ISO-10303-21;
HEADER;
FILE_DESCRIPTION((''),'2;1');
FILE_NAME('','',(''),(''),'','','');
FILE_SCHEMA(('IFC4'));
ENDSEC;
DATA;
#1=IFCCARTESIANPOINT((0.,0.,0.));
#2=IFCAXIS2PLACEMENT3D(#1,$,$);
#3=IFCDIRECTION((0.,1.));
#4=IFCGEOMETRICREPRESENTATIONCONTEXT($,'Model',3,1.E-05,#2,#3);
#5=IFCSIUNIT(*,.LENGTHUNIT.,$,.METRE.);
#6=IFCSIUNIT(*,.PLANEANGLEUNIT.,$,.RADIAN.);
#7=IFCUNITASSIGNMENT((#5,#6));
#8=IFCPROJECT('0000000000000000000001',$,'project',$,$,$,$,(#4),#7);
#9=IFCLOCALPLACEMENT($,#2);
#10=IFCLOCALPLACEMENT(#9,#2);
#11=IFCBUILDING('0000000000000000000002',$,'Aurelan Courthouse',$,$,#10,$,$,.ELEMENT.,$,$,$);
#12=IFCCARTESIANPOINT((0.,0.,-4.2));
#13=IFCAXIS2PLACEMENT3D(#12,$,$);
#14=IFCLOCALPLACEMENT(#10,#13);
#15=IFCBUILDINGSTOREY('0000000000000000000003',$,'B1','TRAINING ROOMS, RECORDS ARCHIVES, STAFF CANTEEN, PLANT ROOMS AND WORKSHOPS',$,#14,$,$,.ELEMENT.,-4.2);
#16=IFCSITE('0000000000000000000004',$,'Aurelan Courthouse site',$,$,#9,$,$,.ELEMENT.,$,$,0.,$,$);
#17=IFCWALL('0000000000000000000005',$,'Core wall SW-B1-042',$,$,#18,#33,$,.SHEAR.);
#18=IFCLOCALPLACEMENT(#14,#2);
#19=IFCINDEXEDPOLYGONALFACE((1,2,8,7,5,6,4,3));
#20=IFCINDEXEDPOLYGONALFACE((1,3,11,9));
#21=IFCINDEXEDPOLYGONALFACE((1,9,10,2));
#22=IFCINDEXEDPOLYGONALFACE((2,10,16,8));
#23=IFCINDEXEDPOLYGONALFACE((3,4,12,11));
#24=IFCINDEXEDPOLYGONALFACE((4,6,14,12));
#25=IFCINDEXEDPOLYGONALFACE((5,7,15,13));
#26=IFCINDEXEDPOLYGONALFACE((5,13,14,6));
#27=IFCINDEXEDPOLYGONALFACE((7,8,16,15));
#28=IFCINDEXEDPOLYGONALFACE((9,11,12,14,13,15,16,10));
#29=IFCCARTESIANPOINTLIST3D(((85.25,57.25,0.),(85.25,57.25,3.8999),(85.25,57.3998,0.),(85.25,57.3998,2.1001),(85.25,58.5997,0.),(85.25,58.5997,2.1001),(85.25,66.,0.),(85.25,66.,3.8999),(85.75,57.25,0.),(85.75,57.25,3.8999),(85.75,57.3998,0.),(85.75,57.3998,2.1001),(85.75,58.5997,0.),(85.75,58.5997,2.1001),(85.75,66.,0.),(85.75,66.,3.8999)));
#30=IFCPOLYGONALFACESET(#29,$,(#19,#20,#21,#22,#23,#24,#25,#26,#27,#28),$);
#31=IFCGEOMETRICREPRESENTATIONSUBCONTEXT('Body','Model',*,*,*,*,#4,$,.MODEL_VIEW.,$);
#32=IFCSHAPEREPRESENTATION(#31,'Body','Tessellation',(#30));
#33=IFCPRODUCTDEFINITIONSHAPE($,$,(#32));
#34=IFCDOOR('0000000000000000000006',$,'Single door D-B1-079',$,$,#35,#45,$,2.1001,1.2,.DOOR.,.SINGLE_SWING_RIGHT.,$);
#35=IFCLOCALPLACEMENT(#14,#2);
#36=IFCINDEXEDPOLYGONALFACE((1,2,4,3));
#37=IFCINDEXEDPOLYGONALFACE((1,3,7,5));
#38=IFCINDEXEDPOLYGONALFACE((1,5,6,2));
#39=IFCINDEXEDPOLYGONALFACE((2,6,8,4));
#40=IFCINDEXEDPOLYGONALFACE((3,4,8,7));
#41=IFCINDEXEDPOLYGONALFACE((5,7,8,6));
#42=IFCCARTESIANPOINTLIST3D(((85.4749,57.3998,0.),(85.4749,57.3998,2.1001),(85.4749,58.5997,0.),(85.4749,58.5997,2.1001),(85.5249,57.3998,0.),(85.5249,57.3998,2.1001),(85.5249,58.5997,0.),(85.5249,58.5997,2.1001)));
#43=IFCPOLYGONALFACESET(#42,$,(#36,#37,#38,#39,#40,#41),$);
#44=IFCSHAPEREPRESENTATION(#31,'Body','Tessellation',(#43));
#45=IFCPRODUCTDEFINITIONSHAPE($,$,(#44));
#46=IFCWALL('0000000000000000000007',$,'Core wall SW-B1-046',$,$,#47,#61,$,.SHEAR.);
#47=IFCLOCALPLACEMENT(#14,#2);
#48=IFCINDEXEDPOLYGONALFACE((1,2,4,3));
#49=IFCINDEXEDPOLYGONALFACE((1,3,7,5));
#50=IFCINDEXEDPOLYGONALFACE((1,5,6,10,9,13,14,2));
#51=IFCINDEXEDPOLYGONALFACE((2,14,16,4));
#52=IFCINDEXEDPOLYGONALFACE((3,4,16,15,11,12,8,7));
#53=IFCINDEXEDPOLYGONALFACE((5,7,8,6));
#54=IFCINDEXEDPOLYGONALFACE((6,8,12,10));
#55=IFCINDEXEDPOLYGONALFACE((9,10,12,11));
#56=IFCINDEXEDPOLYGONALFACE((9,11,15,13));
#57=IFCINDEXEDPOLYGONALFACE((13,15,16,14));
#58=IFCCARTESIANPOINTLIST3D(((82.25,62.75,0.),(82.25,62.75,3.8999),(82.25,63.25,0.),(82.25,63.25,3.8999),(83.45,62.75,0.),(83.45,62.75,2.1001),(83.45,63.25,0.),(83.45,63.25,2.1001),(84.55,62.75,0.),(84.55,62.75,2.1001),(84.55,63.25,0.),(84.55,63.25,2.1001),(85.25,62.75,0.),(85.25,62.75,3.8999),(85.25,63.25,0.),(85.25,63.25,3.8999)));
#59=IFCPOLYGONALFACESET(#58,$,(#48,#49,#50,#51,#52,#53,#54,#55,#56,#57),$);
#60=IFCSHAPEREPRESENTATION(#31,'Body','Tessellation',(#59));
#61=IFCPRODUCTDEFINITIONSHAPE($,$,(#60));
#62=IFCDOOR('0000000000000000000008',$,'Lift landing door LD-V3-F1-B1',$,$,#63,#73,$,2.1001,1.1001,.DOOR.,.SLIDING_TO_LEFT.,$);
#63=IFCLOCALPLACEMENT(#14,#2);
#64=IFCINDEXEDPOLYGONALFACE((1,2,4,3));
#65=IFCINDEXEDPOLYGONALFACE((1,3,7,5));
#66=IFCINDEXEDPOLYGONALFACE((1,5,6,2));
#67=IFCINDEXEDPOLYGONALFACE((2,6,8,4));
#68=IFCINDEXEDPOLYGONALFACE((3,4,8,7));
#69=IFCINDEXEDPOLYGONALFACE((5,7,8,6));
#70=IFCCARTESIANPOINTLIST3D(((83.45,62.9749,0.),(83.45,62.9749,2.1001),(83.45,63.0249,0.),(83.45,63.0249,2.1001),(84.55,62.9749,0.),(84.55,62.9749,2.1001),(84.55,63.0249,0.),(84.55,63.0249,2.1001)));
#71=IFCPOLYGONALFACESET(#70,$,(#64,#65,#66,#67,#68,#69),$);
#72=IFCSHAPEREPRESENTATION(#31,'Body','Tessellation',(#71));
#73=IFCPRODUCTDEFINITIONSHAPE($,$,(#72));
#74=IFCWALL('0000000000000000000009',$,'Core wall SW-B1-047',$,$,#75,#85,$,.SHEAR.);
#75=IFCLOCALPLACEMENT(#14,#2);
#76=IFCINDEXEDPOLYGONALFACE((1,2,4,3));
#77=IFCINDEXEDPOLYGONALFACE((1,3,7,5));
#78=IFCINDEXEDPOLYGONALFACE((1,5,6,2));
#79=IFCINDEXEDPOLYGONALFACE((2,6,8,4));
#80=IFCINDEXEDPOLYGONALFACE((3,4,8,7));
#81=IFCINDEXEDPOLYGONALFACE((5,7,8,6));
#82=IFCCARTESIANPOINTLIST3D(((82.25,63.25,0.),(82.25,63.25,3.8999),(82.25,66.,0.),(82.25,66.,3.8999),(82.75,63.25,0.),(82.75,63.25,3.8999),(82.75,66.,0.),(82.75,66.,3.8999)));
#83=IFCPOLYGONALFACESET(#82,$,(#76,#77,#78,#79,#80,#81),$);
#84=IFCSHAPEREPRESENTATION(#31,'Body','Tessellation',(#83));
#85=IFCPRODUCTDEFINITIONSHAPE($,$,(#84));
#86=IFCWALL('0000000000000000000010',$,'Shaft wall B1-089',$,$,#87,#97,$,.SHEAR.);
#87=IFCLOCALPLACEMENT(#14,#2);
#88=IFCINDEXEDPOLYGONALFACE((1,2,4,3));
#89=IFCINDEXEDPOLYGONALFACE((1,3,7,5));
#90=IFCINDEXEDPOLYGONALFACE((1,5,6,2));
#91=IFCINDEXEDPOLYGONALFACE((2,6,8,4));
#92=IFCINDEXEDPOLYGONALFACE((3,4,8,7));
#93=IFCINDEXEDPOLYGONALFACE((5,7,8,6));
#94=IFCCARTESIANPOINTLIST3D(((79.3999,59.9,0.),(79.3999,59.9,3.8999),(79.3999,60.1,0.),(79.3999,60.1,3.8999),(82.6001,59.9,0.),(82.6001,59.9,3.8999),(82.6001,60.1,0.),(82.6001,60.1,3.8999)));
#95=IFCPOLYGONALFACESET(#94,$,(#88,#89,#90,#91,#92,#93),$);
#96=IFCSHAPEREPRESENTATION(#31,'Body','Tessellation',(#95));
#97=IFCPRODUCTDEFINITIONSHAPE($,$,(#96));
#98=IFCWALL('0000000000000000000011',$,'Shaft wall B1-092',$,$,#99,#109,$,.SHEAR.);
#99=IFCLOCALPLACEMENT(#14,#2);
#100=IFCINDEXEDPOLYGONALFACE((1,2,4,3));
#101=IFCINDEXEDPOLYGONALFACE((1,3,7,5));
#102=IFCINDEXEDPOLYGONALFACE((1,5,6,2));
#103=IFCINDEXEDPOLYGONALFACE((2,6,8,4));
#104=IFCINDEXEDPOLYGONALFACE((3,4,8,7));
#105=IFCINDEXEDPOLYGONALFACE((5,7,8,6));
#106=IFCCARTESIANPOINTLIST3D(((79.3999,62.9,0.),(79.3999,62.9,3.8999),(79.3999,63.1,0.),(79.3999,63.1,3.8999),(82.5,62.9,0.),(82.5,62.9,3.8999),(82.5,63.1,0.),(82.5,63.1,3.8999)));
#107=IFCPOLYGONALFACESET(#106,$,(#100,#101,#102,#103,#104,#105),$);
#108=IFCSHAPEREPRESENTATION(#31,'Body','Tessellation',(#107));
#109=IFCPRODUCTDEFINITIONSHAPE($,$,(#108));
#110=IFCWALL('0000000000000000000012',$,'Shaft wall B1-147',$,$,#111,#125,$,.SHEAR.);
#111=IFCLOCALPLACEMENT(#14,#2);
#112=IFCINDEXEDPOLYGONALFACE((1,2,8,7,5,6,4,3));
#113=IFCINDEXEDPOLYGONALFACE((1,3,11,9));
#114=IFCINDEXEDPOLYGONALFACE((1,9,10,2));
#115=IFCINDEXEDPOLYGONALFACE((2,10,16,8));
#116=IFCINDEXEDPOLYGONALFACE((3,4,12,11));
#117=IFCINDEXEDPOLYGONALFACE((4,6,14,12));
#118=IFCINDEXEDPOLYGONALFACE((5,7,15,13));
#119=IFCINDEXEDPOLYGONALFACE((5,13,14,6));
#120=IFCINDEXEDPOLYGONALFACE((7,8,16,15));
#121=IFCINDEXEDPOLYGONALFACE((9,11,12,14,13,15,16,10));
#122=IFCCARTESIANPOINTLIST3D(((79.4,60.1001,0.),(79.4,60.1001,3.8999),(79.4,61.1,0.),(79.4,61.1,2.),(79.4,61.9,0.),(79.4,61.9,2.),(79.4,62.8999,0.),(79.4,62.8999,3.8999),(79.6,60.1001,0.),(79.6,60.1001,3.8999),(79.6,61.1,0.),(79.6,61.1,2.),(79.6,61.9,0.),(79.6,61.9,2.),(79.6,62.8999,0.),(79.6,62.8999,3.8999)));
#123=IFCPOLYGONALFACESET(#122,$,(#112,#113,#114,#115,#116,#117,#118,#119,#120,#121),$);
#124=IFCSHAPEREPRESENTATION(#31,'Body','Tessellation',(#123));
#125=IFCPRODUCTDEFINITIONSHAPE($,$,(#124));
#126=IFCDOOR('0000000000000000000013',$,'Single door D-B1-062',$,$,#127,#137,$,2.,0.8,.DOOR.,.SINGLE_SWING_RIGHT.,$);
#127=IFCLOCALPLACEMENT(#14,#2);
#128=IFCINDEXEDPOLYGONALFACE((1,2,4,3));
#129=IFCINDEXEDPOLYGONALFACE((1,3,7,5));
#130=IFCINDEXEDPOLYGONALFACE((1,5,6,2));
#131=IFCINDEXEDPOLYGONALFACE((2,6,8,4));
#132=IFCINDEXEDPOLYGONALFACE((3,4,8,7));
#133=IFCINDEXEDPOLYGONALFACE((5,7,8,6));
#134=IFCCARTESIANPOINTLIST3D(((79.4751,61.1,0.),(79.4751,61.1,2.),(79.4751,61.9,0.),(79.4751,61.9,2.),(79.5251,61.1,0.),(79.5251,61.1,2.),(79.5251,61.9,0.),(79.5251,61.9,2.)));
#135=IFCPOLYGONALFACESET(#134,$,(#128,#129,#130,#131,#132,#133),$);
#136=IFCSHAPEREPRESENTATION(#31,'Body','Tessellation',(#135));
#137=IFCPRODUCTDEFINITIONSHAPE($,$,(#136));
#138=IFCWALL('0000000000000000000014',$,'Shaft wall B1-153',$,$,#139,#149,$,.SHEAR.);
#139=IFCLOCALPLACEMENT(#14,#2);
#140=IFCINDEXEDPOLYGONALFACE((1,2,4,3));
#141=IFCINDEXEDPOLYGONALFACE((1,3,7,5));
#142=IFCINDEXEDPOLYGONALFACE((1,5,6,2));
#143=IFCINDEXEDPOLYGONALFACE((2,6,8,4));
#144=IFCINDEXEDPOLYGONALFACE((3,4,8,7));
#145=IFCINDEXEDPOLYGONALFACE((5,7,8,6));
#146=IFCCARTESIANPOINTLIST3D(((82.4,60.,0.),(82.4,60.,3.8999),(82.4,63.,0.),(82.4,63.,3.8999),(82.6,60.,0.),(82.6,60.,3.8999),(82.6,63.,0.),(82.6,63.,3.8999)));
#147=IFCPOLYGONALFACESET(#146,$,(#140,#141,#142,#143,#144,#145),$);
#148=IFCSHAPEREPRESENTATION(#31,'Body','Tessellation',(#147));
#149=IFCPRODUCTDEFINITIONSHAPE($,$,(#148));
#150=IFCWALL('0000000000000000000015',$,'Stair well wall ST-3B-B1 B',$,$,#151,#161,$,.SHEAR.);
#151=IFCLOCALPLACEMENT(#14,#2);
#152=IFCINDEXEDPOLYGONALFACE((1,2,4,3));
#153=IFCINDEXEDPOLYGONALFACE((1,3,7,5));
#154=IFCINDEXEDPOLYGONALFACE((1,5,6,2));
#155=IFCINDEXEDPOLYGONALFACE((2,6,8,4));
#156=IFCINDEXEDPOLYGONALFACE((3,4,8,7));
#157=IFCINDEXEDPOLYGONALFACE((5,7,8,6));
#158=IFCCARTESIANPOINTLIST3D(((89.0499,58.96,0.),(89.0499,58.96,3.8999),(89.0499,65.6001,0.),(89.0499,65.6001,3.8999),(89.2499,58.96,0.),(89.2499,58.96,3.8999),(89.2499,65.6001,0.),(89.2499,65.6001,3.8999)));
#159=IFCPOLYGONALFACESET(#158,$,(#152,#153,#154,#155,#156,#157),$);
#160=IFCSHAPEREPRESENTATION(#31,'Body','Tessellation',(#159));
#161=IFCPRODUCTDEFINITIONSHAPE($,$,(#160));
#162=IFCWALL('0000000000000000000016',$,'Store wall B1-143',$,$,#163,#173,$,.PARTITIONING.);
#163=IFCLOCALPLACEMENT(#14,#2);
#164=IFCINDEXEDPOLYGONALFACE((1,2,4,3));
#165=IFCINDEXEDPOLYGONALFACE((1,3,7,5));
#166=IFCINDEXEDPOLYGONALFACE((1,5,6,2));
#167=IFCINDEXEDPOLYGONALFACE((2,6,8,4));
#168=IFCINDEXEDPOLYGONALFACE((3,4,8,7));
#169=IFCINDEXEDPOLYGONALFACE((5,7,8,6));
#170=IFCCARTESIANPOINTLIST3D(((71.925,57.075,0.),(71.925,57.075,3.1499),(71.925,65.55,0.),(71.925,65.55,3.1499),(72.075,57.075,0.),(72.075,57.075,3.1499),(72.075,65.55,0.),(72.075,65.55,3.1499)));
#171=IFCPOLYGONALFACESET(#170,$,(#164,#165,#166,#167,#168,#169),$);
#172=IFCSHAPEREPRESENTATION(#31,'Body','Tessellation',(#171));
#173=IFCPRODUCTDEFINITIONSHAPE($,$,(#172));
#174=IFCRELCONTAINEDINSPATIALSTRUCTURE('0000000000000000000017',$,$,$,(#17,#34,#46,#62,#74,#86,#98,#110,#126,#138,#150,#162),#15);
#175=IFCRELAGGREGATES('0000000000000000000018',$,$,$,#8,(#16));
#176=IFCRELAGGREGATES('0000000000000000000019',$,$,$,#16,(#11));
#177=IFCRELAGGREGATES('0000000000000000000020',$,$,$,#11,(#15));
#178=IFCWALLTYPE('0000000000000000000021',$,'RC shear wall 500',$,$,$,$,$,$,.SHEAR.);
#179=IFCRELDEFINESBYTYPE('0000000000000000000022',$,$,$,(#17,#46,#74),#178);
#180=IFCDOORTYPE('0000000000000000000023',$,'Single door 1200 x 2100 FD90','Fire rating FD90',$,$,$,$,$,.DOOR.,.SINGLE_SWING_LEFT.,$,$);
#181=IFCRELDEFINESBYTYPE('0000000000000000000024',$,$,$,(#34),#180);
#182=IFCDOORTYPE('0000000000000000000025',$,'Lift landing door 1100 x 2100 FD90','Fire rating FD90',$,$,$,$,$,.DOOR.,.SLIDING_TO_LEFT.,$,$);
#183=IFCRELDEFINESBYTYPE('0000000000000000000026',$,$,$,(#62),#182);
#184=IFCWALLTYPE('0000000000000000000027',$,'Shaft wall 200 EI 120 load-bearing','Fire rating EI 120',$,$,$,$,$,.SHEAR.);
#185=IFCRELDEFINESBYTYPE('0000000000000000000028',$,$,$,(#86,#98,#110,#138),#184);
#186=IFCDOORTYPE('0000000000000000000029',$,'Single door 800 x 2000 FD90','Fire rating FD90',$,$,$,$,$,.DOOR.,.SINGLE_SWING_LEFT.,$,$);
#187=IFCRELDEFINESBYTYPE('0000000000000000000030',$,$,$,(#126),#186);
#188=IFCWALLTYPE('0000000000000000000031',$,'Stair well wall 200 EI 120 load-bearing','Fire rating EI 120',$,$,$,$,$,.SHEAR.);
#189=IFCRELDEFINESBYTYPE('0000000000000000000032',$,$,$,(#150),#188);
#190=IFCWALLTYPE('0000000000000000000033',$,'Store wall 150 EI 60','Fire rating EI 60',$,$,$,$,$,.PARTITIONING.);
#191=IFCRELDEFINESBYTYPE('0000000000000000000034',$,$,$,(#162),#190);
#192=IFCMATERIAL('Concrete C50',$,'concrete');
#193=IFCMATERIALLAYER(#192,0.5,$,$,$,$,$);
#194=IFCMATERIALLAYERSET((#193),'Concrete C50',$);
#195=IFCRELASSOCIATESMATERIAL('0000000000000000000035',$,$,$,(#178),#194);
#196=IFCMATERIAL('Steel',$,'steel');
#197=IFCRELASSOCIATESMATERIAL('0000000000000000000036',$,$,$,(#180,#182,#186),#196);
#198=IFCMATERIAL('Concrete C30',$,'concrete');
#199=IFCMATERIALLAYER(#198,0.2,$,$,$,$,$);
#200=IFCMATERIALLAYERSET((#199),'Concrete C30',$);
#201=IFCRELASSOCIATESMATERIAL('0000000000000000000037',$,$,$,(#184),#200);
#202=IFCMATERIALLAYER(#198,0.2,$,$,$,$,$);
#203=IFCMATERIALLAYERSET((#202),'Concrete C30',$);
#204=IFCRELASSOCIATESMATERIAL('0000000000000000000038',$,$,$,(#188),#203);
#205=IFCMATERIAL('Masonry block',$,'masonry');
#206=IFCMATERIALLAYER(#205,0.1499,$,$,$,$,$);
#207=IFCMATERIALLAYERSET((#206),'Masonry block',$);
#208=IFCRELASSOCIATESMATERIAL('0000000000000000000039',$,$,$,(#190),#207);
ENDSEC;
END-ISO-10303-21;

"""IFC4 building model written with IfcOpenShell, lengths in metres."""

from ifc_helpers import new_model, si_unit, direction, frame, frame_2d, origin, place, context, subcontext, project, spatial, rectangle, extrude, material, layer, layer_set, type_object, element, fill, save


model = new_model("IFC4")

# Units and contexts
model_context = context("Model", 3, precision=1e-05, world=origin(), true_north=direction((0.0, 1.0)))
body_context = subcontext(model_context, "Body", "Model", "MODEL_VIEW")
ifc_project = project(units=[si_unit("LENGTHUNIT", "METRE"), si_unit("PLANEANGLEUNIT", "RADIAN")], contexts=[model_context])

# Site, building, storey
site_placement = place(None, origin())
site = spatial("IfcSite", under=ifc_project, at=site_placement, Name="Aurelan Courthouse site", CompositionType="ELEMENT", RefElevation=0.0)
building_placement = place(site_placement, origin())
building = spatial("IfcBuilding", under=site, at=building_placement, Name="Aurelan Courthouse", CompositionType="ELEMENT")
storey_placement = place(building_placement, frame((0.0, 0.0, -4.2)))
storey = spatial("IfcBuildingStorey", under=building, at=storey_placement, Name="B1", Description="TRAINING ROOMS, RECORDS ARCHIVES, STAFF CANTEEN, PLANT ROOMS AND WORKSHOPS", CompositionType="ELEMENT", Elevation=-4.2)

# Shared definitions
ifc_material_1 = material(Name="Concrete C50", Category="concrete")

# Shared definitions
ifc_material_2 = material(Name="Masonry block", Category="masonry")

# Walls, openings, doors
ifc_layer_1 = layer(ifc_material_1, 0.5)
ifc_layer_set_1 = layer_set([ifc_layer_1], Name="Concrete C50")
wall_type_1 = type_object("IfcWallType", Name="RC shear wall 500", PredefinedType="SHEAR", material=ifc_layer_set_1)
wall_1_placement = place(storey_placement, frame((85.5, 57.25, 0.0), z_axis=(0.0, 0.0, 1.0), x_axis=(0.0, 1.0, 0.0)))
wall_1 = element("IfcWall", 1, at=wall_1_placement, inside=storey, type_object=wall_type_1, Name="Core wall SW-B1-042", PredefinedType="SHEAR", context=body_context, shape_type="SweptSolid", body=[
    extrude(rectangle(XDim=8.75, YDim=0.5, at=frame_2d((4.375, 0.0))), origin(), (0.0, 0.0, 1.0), 3.8999),
])
opening_1_placement = place(wall_1_placement, frame((1.3499, 0.0, 0.0), z_axis=(0.0, 0.0, 1.0), x_axis=(-1.0, 0.0, 0.0)))
opening_1 = element("IfcOpeningElement", 2, at=opening_1_placement, cuts=wall_1, PredefinedType="OPENING", context=body_context, shape_type="SweptSolid", body=[
    extrude(rectangle(XDim=1.2, YDim=2.1001, at=frame_2d((0.6001, 1.05))), frame((0.0, 0.26, 0.0), z_axis=(0.0, -1.0, 0.0), x_axis=(1.0, 0.0, 0.0)), (0.0, 0.0, 1.0), 0.52),
])
ifc_material_3 = material(Name="Steel", Category="steel")
door_type_1 = type_object("IfcDoorType", Name="Single door 1200 x 2100 FD90", Description="Fire rating FD90", OperationType="SINGLE_SWING_LEFT", PredefinedType="DOOR", material=ifc_material_3)
door_1_placement = place(opening_1_placement, origin())
door_1 = element("IfcDoor", 3, at=door_1_placement, inside=storey, type_object=door_type_1, Name="Single door D-B1-079", OperationType="SINGLE_SWING_RIGHT", OverallHeight=2.1001, OverallWidth=1.2, PredefinedType="DOOR", context=body_context, shape_type="SweptSolid", body=[
    extrude(rectangle(XDim=1.2, YDim=2.1001, at=frame_2d((0.6001, 1.05))), frame((0.0, 0.0249, 0.0), z_axis=(0.0, -1.0, 0.0), x_axis=(1.0, 0.0, 0.0)), (0.0, 0.0, 1.0), 0.05),
])
fill(opening_1, door_1)
wall_2_placement = place(storey_placement, frame((82.25, 63.0, 0.0), z_axis=(0.0, 0.0, 1.0), x_axis=(1.0, 0.0, 0.0)))
wall_2 = element("IfcWall", 4, at=wall_2_placement, inside=storey, type_object=wall_type_1, Name="Core wall SW-B1-046", PredefinedType="SHEAR", context=body_context, shape_type="SweptSolid", body=[
    extrude(rectangle(XDim=3.0, YDim=0.5, at=frame_2d((1.5, 0.0))), origin(), (0.0, 0.0, 1.0), 3.8999),
])
opening_2_placement = place(wall_2_placement, frame((1.2, 0.0, 0.0)))
opening_2 = element("IfcOpeningElement", 5, at=opening_2_placement, cuts=wall_2, PredefinedType="OPENING", context=body_context, shape_type="SweptSolid", body=[
    extrude(rectangle(XDim=1.1001, YDim=2.1001, at=frame_2d((0.55, 1.05))), frame((0.0, 0.26, 0.0), z_axis=(0.0, -1.0, 0.0), x_axis=(1.0, 0.0, 0.0)), (0.0, 0.0, 1.0), 0.52),
])
door_type_2 = type_object("IfcDoorType", Name="Lift landing door 1100 x 2100 FD90", Description="Fire rating FD90", OperationType="SLIDING_TO_LEFT", PredefinedType="DOOR", material=ifc_material_3)
door_2_placement = place(opening_2_placement, origin())
door_2 = element("IfcDoor", 6, at=door_2_placement, inside=storey, type_object=door_type_2, Name="Lift landing door LD-V3-F1-B1", OperationType="SLIDING_TO_LEFT", OverallHeight=2.1001, OverallWidth=1.1001, PredefinedType="DOOR", context=body_context, shape_type="SweptSolid", body=[
    extrude(rectangle(XDim=1.1001, YDim=2.1001, at=frame_2d((0.55, 1.05))), frame((0.0, 0.0249, 0.0), z_axis=(0.0, -1.0, 0.0), x_axis=(1.0, 0.0, 0.0)), (0.0, 0.0, 1.0), 0.05),
])
fill(opening_2, door_2)

# Walls
wall_3_placement = place(storey_placement, frame((82.5, 63.25, 0.0), z_axis=(0.0, 0.0, 1.0), x_axis=(0.0, 1.0, 0.0)))
element("IfcWall", 7, at=wall_3_placement, inside=storey, type_object=wall_type_1, Name="Core wall SW-B1-047", PredefinedType="SHEAR", context=body_context, shape_type="SweptSolid", body=[
    extrude(rectangle(XDim=2.75, YDim=0.5, at=frame_2d((1.375, 0.0))), origin(), (0.0, 0.0, 1.0), 3.8999),
])
ifc_material_4 = material(Name="Concrete C30", Category="concrete")
ifc_layer_2 = layer(ifc_material_4, 0.2)
ifc_layer_set_2 = layer_set([ifc_layer_2], Name="Concrete C30")
wall_type_2 = type_object("IfcWallType", Name="Shaft wall 200 EI 120 load-bearing", Description="Fire rating EI 120", PredefinedType="SHEAR", material=ifc_layer_set_2)
wall_4_placement = place(storey_placement, frame((79.3999, 60.0, 0.0), z_axis=(0.0, 0.0, 1.0), x_axis=(1.0, 0.0, 0.0)))
element("IfcWall", 8, at=wall_4_placement, inside=storey, type_object=wall_type_2, Name="Shaft wall B1-089", PredefinedType="SHEAR", context=body_context, shape_type="SweptSolid", body=[
    extrude(rectangle(XDim=3.2002, YDim=0.2, at=frame_2d((1.6001, 0.0))), origin(), (0.0, 0.0, 1.0), 3.8999),
])
wall_5_placement = place(storey_placement, frame((79.3999, 63.0, 0.0), z_axis=(0.0, 0.0, 1.0), x_axis=(1.0, 0.0, 0.0)))
element("IfcWall", 9, at=wall_5_placement, inside=storey, type_object=wall_type_2, Name="Shaft wall B1-092", PredefinedType="SHEAR", context=body_context, shape_type="SweptSolid", body=[
    extrude(rectangle(XDim=3.1001, YDim=0.2, at=frame_2d((1.55, 0.0))), origin(), (0.0, 0.0, 1.0), 3.8999),
])

# Wall, opening, door
wall_6_placement = place(storey_placement, frame((79.5, 60.1001, 0.0), z_axis=(0.0, 0.0, 1.0), x_axis=(0.0, 1.0, 0.0)))
wall_6 = element("IfcWall", 10, at=wall_6_placement, inside=storey, type_object=wall_type_2, Name="Shaft wall B1-147", PredefinedType="SHEAR", context=body_context, shape_type="SweptSolid", body=[
    extrude(rectangle(XDim=2.7998, YDim=0.2, at=frame_2d((1.3999, 0.0))), origin(), (0.0, 0.0, 1.0), 3.8999),
])
opening_3_placement = place(wall_6_placement, frame((1.0, 0.0, 0.0)))
opening_3 = element("IfcOpeningElement", 11, at=opening_3_placement, cuts=wall_6, PredefinedType="OPENING", context=body_context, shape_type="SweptSolid", body=[
    extrude(rectangle(XDim=0.8, YDim=2.0, at=frame_2d((0.3999, 1.0))), frame((0.0, 0.1099, 0.0), z_axis=(0.0, -1.0, 0.0), x_axis=(1.0, 0.0, 0.0)), (0.0, 0.0, 1.0), 0.22),
])
door_type_3 = type_object("IfcDoorType", Name="Single door 800 x 2000 FD90", Description="Fire rating FD90", OperationType="SINGLE_SWING_LEFT", PredefinedType="DOOR", material=ifc_material_3)
door_3_placement = place(opening_3_placement, origin())
door_3 = element("IfcDoor", 12, at=door_3_placement, inside=storey, type_object=door_type_3, Name="Single door D-B1-062", OperationType="SINGLE_SWING_RIGHT", OverallHeight=2.0, OverallWidth=0.8, PredefinedType="DOOR", context=body_context, shape_type="SweptSolid", body=[
    extrude(rectangle(XDim=0.8, YDim=2.0, at=frame_2d((0.3999, 1.0))), frame((0.0, 0.0249, 0.0), z_axis=(0.0, -1.0, 0.0), x_axis=(1.0, 0.0, 0.0)), (0.0, 0.0, 1.0), 0.05),
])
fill(opening_3, door_3)

# Walls
wall_7_placement = place(storey_placement, frame((82.5, 60.0, 0.0), z_axis=(0.0, 0.0, 1.0), x_axis=(0.0, 1.0, 0.0)))
element("IfcWall", 13, at=wall_7_placement, inside=storey, type_object=wall_type_2, Name="Shaft wall B1-153", PredefinedType="SHEAR", context=body_context, shape_type="SweptSolid", body=[
    extrude(rectangle(XDim=3.0, YDim=0.2, at=frame_2d((1.5, 0.0))), origin(), (0.0, 0.0, 1.0), 3.8999),
])
ifc_layer_3 = layer(ifc_material_4, 0.2)
ifc_layer_set_3 = layer_set([ifc_layer_3], Name="Concrete C30")
wall_type_3 = type_object("IfcWallType", Name="Stair well wall 200 EI 120 load-bearing", Description="Fire rating EI 120", PredefinedType="SHEAR", material=ifc_layer_set_3)
wall_8_placement = place(storey_placement, frame((89.1499, 58.96, 0.0), z_axis=(0.0, 0.0, 1.0), x_axis=(0.0, 1.0, 0.0)))
element("IfcWall", 14, at=wall_8_placement, inside=storey, type_object=wall_type_3, Name="Stair well wall ST-3B-B1 B", PredefinedType="SHEAR", context=body_context, shape_type="SweptSolid", body=[
    extrude(rectangle(XDim=6.6401, YDim=0.2, at=frame_2d((3.3201, 0.0))), origin(), (0.0, 0.0, 1.0), 3.8999),
])
ifc_layer_4 = layer(ifc_material_2, 0.1499)
ifc_layer_set_4 = layer_set([ifc_layer_4], Name="Masonry block")
wall_type_4 = type_object("IfcWallType", Name="Store wall 150 EI 60", Description="Fire rating EI 60", PredefinedType="PARTITIONING", material=ifc_layer_set_4)
wall_9_placement = place(storey_placement, frame((72.0, 57.075, 0.0), z_axis=(0.0, 0.0, 1.0), x_axis=(0.0, 1.0, 0.0)))
element("IfcWall", 15, at=wall_9_placement, inside=storey, type_object=wall_type_4, Name="Store wall B1-143", PredefinedType="PARTITIONING", context=body_context, shape_type="SweptSolid", body=[
    extrude(rectangle(XDim=8.4751, YDim=0.1499, at=frame_2d((4.2375, 0.0))), origin(), (0.0, 0.0, 1.0), 3.1499),
])

save(model, "model.ifc")
